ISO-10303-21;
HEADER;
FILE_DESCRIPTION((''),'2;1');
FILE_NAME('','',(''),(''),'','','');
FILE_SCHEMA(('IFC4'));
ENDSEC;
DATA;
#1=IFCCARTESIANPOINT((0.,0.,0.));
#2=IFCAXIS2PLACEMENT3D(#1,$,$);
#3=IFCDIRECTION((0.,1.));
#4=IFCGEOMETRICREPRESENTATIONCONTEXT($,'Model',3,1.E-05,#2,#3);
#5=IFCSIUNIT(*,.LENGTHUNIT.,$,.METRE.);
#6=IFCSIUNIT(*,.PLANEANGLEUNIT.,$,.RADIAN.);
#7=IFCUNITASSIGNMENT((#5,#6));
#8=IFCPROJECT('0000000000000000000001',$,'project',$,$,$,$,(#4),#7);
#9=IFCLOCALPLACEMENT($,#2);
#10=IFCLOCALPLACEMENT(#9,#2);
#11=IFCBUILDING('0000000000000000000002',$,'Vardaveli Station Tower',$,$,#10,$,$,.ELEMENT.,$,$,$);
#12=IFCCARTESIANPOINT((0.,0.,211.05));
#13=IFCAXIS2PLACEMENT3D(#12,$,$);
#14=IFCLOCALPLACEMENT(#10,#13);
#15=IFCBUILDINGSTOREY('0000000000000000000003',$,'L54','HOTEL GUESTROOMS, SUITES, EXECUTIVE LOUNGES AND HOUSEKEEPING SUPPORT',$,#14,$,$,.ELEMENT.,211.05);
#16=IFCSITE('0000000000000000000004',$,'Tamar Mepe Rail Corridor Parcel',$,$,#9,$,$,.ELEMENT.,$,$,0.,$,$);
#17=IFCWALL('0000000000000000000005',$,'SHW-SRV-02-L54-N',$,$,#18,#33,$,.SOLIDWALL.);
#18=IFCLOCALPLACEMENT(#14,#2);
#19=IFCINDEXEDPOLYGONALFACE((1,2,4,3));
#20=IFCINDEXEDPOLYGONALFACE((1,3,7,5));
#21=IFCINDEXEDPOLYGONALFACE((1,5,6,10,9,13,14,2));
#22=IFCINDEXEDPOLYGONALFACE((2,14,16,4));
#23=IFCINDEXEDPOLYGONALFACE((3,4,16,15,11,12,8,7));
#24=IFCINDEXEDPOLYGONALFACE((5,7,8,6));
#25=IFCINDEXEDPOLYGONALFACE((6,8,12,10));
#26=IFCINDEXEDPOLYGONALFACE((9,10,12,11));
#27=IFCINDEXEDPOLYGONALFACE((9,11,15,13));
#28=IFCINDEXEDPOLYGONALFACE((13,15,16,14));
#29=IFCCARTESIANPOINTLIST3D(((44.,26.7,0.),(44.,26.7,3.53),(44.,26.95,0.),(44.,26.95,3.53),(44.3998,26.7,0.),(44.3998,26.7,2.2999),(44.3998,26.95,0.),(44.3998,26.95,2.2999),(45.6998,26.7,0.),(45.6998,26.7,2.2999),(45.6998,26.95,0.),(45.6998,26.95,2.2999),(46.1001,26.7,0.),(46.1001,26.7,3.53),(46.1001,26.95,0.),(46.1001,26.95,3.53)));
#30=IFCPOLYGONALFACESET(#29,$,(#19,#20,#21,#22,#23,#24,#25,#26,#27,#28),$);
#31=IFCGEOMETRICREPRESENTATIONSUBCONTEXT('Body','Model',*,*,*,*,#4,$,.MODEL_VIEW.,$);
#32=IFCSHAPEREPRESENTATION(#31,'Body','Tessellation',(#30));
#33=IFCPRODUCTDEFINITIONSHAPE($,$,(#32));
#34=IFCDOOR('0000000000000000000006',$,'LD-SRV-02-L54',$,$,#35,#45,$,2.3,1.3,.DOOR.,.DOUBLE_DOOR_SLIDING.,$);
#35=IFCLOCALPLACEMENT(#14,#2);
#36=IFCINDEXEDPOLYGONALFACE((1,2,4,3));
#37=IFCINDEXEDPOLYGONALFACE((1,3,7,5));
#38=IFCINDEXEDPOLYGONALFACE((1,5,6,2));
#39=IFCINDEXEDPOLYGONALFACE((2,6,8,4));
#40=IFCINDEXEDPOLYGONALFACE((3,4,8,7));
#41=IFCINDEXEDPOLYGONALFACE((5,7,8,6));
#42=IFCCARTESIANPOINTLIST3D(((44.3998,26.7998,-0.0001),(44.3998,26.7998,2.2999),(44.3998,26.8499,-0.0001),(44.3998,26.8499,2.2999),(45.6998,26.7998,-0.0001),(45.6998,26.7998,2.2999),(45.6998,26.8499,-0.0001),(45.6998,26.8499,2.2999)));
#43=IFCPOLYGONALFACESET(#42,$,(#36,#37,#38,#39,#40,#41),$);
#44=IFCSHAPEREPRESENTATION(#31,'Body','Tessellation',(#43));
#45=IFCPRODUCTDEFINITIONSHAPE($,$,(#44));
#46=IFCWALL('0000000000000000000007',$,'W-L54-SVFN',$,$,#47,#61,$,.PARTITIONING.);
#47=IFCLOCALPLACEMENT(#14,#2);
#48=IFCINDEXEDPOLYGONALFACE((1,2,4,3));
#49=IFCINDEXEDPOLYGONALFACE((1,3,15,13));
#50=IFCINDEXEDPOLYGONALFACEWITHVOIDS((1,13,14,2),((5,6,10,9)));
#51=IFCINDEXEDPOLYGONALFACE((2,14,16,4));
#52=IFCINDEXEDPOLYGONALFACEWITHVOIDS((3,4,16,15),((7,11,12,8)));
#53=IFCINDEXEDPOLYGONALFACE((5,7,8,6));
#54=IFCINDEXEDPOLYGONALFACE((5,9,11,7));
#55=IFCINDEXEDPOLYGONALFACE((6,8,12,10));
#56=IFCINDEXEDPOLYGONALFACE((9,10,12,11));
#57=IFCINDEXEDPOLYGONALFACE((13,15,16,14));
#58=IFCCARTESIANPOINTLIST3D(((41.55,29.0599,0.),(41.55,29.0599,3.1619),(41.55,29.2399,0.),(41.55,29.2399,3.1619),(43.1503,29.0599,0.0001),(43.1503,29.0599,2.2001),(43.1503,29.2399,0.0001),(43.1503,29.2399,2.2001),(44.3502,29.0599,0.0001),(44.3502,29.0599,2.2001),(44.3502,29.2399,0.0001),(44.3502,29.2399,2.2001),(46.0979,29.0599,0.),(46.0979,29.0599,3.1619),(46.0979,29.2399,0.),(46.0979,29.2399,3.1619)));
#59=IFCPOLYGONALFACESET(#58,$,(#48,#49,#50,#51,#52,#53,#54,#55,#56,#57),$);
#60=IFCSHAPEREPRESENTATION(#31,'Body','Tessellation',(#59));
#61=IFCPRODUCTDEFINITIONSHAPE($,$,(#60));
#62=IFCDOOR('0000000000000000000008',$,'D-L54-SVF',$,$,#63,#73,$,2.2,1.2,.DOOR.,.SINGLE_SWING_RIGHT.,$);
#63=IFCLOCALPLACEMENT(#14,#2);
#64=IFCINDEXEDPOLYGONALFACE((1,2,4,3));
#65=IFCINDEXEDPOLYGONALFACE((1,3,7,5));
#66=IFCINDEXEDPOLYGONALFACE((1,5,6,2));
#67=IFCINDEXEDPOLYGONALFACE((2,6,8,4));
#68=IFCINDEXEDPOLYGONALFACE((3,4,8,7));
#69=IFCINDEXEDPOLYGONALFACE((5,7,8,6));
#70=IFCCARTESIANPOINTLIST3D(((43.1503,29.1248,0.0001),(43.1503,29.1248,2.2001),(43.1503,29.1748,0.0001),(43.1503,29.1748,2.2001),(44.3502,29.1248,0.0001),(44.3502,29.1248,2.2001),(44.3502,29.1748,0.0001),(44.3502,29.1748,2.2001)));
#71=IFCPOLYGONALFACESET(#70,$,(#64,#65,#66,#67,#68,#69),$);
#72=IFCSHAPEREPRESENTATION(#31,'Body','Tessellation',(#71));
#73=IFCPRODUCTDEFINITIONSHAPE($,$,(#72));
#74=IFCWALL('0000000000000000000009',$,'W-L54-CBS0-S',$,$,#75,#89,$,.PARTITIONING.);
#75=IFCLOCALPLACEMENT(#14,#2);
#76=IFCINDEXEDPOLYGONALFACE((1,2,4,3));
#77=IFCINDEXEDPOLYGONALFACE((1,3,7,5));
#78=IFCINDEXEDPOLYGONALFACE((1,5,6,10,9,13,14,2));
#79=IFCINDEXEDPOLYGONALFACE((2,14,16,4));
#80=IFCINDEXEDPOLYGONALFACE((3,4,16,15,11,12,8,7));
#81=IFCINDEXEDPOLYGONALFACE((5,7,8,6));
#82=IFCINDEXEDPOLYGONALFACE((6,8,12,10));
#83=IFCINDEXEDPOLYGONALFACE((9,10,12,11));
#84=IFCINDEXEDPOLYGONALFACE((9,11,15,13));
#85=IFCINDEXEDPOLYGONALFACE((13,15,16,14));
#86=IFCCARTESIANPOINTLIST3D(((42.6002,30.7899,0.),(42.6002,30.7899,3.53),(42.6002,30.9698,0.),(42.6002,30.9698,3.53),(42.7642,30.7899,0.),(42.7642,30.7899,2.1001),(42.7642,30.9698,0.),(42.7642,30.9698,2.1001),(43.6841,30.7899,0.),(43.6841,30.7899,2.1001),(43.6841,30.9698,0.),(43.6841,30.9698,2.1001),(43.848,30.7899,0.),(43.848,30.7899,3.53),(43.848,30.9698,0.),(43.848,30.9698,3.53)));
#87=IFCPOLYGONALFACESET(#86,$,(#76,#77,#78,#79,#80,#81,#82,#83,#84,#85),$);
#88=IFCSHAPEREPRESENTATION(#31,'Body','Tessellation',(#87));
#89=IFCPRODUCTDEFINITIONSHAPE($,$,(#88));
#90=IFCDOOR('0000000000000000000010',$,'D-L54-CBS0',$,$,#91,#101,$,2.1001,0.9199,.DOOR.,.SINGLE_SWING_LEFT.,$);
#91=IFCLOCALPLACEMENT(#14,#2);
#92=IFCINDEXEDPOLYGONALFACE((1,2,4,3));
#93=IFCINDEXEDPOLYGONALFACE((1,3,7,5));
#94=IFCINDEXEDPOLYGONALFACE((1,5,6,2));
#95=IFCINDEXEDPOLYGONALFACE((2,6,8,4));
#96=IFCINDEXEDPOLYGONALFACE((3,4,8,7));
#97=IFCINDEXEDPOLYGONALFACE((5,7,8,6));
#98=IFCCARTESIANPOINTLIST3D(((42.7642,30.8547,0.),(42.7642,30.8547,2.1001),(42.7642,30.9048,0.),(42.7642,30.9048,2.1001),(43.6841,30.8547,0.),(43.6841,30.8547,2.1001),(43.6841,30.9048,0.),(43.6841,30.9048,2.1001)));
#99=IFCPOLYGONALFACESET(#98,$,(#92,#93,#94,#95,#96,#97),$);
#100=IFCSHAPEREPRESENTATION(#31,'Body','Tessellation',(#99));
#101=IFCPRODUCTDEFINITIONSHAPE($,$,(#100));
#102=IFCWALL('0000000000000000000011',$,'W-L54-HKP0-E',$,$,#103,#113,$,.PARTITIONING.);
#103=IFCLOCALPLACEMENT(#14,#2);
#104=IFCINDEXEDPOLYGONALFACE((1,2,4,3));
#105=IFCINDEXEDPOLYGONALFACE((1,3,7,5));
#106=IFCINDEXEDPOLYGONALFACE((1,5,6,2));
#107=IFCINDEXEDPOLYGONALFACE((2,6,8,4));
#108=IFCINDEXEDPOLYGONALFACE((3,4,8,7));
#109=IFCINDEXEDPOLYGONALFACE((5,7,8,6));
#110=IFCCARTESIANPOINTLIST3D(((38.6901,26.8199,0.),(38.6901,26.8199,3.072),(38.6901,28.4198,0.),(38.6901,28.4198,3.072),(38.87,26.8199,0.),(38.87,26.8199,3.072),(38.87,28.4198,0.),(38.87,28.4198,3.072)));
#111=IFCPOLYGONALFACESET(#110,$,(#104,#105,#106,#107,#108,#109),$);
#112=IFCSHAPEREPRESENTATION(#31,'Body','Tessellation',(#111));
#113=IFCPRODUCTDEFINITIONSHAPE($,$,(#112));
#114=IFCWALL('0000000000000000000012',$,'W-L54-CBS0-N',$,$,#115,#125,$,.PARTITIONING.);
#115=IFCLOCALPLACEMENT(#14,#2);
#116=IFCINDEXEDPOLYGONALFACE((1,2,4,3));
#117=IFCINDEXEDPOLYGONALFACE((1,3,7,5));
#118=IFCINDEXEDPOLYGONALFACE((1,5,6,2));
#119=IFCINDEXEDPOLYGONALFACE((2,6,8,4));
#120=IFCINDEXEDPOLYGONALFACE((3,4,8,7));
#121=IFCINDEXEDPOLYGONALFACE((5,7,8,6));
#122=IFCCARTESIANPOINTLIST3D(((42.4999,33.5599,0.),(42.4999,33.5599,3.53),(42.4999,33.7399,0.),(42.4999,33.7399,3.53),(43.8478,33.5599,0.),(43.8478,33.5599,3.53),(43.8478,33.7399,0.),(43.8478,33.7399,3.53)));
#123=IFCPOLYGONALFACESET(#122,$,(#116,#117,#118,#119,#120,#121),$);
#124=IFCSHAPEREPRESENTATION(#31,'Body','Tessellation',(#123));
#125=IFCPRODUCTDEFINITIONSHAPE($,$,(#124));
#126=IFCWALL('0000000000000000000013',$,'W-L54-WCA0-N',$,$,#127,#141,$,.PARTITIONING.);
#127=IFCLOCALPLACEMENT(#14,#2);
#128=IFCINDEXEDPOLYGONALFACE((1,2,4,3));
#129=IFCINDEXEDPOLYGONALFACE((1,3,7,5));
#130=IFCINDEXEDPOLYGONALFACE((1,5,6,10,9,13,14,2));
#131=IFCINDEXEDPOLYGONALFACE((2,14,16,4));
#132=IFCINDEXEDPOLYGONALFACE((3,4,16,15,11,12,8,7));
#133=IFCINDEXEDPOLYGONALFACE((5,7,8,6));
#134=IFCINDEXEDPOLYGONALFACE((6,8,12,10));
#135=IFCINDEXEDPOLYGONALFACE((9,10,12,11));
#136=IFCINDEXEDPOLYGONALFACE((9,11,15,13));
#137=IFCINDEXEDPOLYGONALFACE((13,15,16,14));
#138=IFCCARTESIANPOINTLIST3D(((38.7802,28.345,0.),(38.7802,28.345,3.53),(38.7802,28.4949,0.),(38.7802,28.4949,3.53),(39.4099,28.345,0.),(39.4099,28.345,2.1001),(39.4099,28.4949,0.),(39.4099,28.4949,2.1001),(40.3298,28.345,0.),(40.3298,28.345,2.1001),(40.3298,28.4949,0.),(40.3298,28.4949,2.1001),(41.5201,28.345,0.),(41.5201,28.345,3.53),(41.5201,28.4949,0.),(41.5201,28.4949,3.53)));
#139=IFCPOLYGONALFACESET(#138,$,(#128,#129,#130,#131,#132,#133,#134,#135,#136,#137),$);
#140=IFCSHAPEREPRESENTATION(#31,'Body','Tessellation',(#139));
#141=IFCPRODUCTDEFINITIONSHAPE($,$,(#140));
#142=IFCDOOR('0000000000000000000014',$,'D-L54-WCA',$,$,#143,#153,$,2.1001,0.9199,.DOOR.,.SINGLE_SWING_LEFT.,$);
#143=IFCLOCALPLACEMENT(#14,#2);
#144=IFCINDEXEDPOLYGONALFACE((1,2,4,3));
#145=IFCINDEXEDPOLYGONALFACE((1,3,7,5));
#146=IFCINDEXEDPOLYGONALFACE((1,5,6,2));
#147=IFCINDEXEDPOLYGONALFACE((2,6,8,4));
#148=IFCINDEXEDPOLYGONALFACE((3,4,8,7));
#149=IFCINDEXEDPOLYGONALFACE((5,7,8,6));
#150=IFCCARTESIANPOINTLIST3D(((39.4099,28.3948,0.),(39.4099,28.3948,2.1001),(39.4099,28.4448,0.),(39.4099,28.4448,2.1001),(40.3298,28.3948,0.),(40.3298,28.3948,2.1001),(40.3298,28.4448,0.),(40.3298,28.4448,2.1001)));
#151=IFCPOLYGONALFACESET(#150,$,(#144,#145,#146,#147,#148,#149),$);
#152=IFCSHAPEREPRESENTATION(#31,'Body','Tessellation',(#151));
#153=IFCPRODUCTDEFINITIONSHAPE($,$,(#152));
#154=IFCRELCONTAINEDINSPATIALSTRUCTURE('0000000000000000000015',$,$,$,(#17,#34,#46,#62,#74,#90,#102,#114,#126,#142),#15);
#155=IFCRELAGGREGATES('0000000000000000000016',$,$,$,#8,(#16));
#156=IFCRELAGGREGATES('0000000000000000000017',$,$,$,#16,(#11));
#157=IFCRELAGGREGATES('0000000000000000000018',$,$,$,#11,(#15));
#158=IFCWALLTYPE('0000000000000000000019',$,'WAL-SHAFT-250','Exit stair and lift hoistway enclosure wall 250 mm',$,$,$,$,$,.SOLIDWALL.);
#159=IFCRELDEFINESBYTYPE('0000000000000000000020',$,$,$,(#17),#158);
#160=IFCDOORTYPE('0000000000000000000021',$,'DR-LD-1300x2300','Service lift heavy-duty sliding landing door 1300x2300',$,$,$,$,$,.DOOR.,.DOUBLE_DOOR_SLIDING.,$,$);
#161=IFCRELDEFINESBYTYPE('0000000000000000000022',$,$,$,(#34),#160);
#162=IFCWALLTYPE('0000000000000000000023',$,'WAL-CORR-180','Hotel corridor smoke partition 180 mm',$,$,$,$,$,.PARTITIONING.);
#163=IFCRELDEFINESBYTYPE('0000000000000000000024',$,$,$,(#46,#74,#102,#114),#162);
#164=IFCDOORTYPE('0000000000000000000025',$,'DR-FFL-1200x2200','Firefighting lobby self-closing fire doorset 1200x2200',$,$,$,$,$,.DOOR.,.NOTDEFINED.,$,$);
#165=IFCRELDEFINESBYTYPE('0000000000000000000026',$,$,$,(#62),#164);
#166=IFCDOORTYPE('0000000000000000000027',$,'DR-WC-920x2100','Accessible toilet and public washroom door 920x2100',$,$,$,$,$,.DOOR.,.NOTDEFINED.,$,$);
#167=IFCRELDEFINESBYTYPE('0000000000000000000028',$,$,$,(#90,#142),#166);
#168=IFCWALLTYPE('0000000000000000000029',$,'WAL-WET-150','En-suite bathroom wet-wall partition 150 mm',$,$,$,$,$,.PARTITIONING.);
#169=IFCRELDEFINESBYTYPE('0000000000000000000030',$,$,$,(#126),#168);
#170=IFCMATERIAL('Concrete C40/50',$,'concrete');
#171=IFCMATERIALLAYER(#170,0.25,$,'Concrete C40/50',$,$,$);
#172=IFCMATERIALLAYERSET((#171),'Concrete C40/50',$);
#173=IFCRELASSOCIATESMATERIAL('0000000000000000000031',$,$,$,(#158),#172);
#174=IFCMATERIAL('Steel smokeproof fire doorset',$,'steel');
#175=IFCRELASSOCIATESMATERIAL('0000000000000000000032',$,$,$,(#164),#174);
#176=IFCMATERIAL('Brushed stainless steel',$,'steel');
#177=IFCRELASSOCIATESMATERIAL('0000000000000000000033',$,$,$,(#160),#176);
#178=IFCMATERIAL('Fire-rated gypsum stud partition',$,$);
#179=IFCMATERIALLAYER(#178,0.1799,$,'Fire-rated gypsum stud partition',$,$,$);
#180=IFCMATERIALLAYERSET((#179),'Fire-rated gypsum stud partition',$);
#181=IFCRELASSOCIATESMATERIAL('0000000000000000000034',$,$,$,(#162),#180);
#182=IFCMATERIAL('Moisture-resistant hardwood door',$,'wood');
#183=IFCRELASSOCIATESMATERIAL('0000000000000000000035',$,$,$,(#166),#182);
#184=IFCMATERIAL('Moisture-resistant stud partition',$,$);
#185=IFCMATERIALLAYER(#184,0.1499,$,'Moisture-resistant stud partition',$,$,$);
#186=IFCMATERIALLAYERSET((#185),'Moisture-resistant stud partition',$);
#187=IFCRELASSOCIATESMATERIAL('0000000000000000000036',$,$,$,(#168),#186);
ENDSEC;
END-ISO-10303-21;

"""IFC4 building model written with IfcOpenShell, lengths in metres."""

from ifc_helpers import new_model, si_unit, direction, frame, frame_2d, origin, place, context, subcontext, project, spatial, rectangle, extrude, source, transform, mapped, material, layer, layer_set, type_object, element, fill, save


model = new_model("IFC4")

# Units and contexts
model_context = context("Model", 3, precision=1e-05, world=origin(), true_north=direction((0.0, 1.0)))
body_context = subcontext(model_context, "Body", "Model", "MODEL_VIEW")
ifc_project = project(units=[si_unit("LENGTHUNIT", "METRE"), si_unit("PLANEANGLEUNIT", "RADIAN")], contexts=[model_context])

# Site, building, storey
site_placement = place(None, origin())
site = spatial("IfcSite", under=ifc_project, at=site_placement, Name="Tamar Mepe Rail Corridor Parcel", CompositionType="ELEMENT", RefElevation=0.0)
building_placement = place(site_placement, origin())
building = spatial("IfcBuilding", under=site, at=building_placement, Name="Vardaveli Station Tower", CompositionType="ELEMENT")
storey_placement = place(building_placement, frame((0.0, 0.0, 211.05)))
storey = spatial("IfcBuildingStorey", under=building, at=storey_placement, Name="L54", Description="HOTEL GUESTROOMS, SUITES, EXECUTIVE LOUNGES AND HOUSEKEEPING SUPPORT", CompositionType="ELEMENT", Elevation=211.05)

# Shared definitions
ifc_material_1 = material(Name="Concrete C40/50", Category="concrete")
ifc_layer_1 = layer(ifc_material_1, 0.25, Name="Concrete C40/50")
ifc_layer_set_1 = layer_set([ifc_layer_1], Name="Concrete C40/50")
wall_type_1 = type_object("IfcWallType", Name="WAL-SHAFT-250", Description="Exit stair and lift hoistway enclosure wall 250 mm", PredefinedType="SOLIDWALL", material=ifc_layer_set_1)

# Walls, openings, doors
ifc_material_2 = material(Name="Steel smokeproof fire doorset", Category="steel")
door_type_1 = type_object("IfcDoorType", Name="DR-FFL-1200x2200", Description="Firefighting lobby self-closing fire doorset 1200x2200", OperationType="NOTDEFINED", PredefinedType="DOOR", material=ifc_material_2)
shared_shape_1 = source(origin(), body_context, "Body", "SweptSolid", [
    extrude(rectangle(XDim=1.2, YDim=2.2, at=frame_2d((0.6001, 1.1001))), frame((0.0, 0.0249, 0.0), z_axis=(0.0, -1.0, 0.0), x_axis=(1.0, 0.0, 0.0)), (0.0, 0.0, 1.0), 0.05),
])
shared_shape_2 = source(origin(), body_context, "Body", "SweptSolid", [
    extrude(rectangle(XDim=1.3, YDim=2.3, at=frame_2d((0.6499, 1.1499))), frame((0.0, 0.135, 0.0), z_axis=(0.0, -1.0, 0.0), x_axis=(1.0, 0.0, 0.0)), (0.0, 0.0, 1.0), 0.27),
])
ifc_material_3 = material(Name="Brushed stainless steel", Category="steel")
door_type_2 = type_object("IfcDoorType", Name="DR-LD-1300x2300", Description="Service lift heavy-duty sliding landing door 1300x2300", OperationType="DOUBLE_DOOR_SLIDING", PredefinedType="DOOR", material=ifc_material_3)
shared_shape_3 = source(origin(), body_context, "Body", "SweptSolid", [
    extrude(rectangle(XDim=1.3, YDim=2.3, at=frame_2d((0.6499, 1.1499))), frame((0.0, 0.0249, 0.0), z_axis=(0.0, -1.0, 0.0), x_axis=(1.0, 0.0, 0.0)), (0.0, 0.0, 1.0), 0.05),
])
shared_shape_4 = source(origin(), body_context, "Body", "SweptSolid", [
    extrude(rectangle(XDim=2.1001, YDim=0.25, at=frame_2d((1.05, 0.0))), origin(), (0.0, 0.0, 1.0), 3.53),
])
wall_1_placement = place(storey_placement, frame((44.0, 26.825, 0.0), z_axis=(0.0, 0.0, 1.0), x_axis=(1.0, 0.0, 0.0)))
wall_1 = element("IfcWall", 1, at=wall_1_placement, inside=storey, type_object=wall_type_1, Name="SHW-SRV-02-L54-N", PredefinedType="SOLIDWALL", context=body_context, shape_type="MappedRepresentation", body=[
    mapped(shared_shape_4, transform((0.0, 0.0, 0.0), scale=1.0)),
])
opening_1_placement = place(wall_1_placement, frame((0.3999, 0.0, 0.0)))
opening_1 = element("IfcOpeningElement", 2, at=opening_1_placement, cuts=wall_1, PredefinedType="OPENING", context=body_context, shape_type="MappedRepresentation", body=[
    mapped(shared_shape_2, transform((0.0, 0.0, 0.0), scale=1.0)),
])
door_1_placement = place(opening_1_placement, origin())
door_1 = element("IfcDoor", 3, at=door_1_placement, inside=storey, type_object=door_type_2, Name="LD-SRV-02-L54", OperationType="DOUBLE_DOOR_SLIDING", OverallHeight=2.3, OverallWidth=1.3, PredefinedType="DOOR", context=body_context, shape_type="MappedRepresentation", body=[
    mapped(shared_shape_3, transform((0.0, 0.0, 0.0), scale=1.0)),
])
fill(opening_1, door_1)
ifc_material_4 = material(Name="Fire-rated gypsum stud partition")
ifc_layer_2 = layer(ifc_material_4, 0.1799, Name="Fire-rated gypsum stud partition")
ifc_layer_set_2 = layer_set([ifc_layer_2], Name="Fire-rated gypsum stud partition")
wall_type_2 = type_object("IfcWallType", Name="WAL-CORR-180", Description="Hotel corridor smoke partition 180 mm", PredefinedType="PARTITIONING", material=ifc_layer_set_2)
shared_shape_5 = source(origin(), body_context, "Body", "SweptSolid", [
    extrude(rectangle(XDim=4.5479, YDim=0.1799, at=frame_2d((2.2739, 0.0))), origin(), (0.0, 0.0, 1.0), 3.1619),
])
wall_2_placement = place(storey_placement, frame((41.55, 29.1499, 0.0), z_axis=(0.0, 0.0, 1.0), x_axis=(1.0, 0.0, 0.0)))
wall_2 = element("IfcWall", 4, at=wall_2_placement, inside=storey, type_object=wall_type_2, Name="W-L54-SVFN", PredefinedType="PARTITIONING", context=body_context, shape_type="MappedRepresentation", body=[
    mapped(shared_shape_5, transform((0.0, 0.0, 0.0), scale=1.0)),
])
shared_shape_6 = source(origin(), body_context, "Body", "SweptSolid", [
    extrude(rectangle(XDim=1.2, YDim=2.2, at=frame_2d((0.6001, 1.1001))), frame((0.0, 0.1001, 0.0), z_axis=(0.0, -1.0, 0.0), x_axis=(1.0, 0.0, 0.0)), (0.0, 0.0, 1.0), 0.2),
])
opening_2_placement = place(wall_2_placement, frame((1.6001, 0.0, 0.0)))
opening_2 = element("IfcOpeningElement", 5, at=opening_2_placement, cuts=wall_2, PredefinedType="OPENING", context=body_context, shape_type="MappedRepresentation", body=[
    mapped(shared_shape_6, transform((0.0, 0.0, 0.0), scale=1.0)),
])
door_2_placement = place(opening_2_placement, origin())
door_2 = element("IfcDoor", 6, at=door_2_placement, inside=storey, type_object=door_type_1, Name="D-L54-SVF", OperationType="SINGLE_SWING_RIGHT", OverallHeight=2.2, OverallWidth=1.2, PredefinedType="DOOR", context=body_context, shape_type="MappedRepresentation", body=[
    mapped(shared_shape_1, transform((0.0, 0.0, 0.0), scale=1.0)),
])
fill(opening_2, door_2)
shared_shape_7 = source(origin(), body_context, "Body", "SweptSolid", [
    extrude(rectangle(XDim=1.2478, YDim=0.1799, at=frame_2d((0.624, 0.0))), origin(), (0.0, 0.0, 1.0), 3.53),
])
wall_3_placement = place(storey_placement, frame((42.6001, 30.8799, 0.0), z_axis=(0.0, 0.0, 1.0), x_axis=(1.0, 0.0, 0.0)))
wall_3 = element("IfcWall", 7, at=wall_3_placement, inside=storey, type_object=wall_type_2, Name="W-L54-CBS0-S", PredefinedType="PARTITIONING", context=body_context, shape_type="MappedRepresentation", body=[
    mapped(shared_shape_7, transform((0.0, 0.0, 0.0), scale=1.0)),
])
shared_shape_8 = source(origin(), body_context, "Body", "SweptSolid", [
    extrude(rectangle(XDim=0.9199, YDim=2.1001, at=frame_2d((0.46, 1.05))), frame((0.0, 0.1001, 0.0), z_axis=(0.0, -1.0, 0.0), x_axis=(1.0, 0.0, 0.0)), (0.0, 0.0, 1.0), 0.2),
])
opening_3_placement = place(wall_3_placement, frame((0.1641, 0.0, 0.0)))
opening_3 = element("IfcOpeningElement", 8, at=opening_3_placement, cuts=wall_3, PredefinedType="OPENING", context=body_context, shape_type="MappedRepresentation", body=[
    mapped(shared_shape_8, transform((0.0, 0.0, 0.0), scale=1.0)),
])
ifc_material_5 = material(Name="Moisture-resistant hardwood door", Category="wood")
door_type_3 = type_object("IfcDoorType", Name="DR-WC-920x2100", Description="Accessible toilet and public washroom door 920x2100", OperationType="NOTDEFINED", PredefinedType="DOOR", material=ifc_material_5)
shared_shape_9 = source(origin(), body_context, "Body", "SweptSolid", [
    extrude(rectangle(XDim=0.9199, YDim=2.1001, at=frame_2d((0.46, 1.05))), frame((0.0, 0.0249, 0.0), z_axis=(0.0, -1.0, 0.0), x_axis=(1.0, 0.0, 0.0)), (0.0, 0.0, 1.0), 0.05),
])
door_3_placement = place(opening_3_placement, origin())
door_3 = element("IfcDoor", 9, at=door_3_placement, inside=storey, type_object=door_type_3, Name="D-L54-CBS0", OperationType="SINGLE_SWING_LEFT", OverallHeight=2.1001, OverallWidth=0.9199, PredefinedType="DOOR", context=body_context, shape_type="MappedRepresentation", body=[
    mapped(shared_shape_9, transform((0.0, 0.0, 0.0), scale=1.0)),
])
fill(opening_3, door_3)

# Walls
shared_shape_10 = source(origin(), body_context, "Body", "SweptSolid", [
    extrude(rectangle(XDim=1.5999, YDim=0.1799, at=frame_2d((0.7998, 0.0))), origin(), (0.0, 0.0, 1.0), 3.072),
])
wall_4_placement = place(storey_placement, frame((38.78, 26.8201, 0.0), z_axis=(0.0, 0.0, 1.0), x_axis=(0.0, 1.0, 0.0)))
element("IfcWall", 10, at=wall_4_placement, inside=storey, type_object=wall_type_2, Name="W-L54-HKP0-E", PredefinedType="PARTITIONING", context=body_context, shape_type="MappedRepresentation", body=[
    mapped(shared_shape_10, transform((0.0, 0.0, 0.0), scale=1.0)),
])
shared_shape_11 = source(origin(), body_context, "Body", "SweptSolid", [
    extrude(rectangle(XDim=1.3479, YDim=0.1799, at=frame_2d((0.6738, 0.0))), origin(), (0.0, 0.0, 1.0), 3.53),
])
wall_5_placement = place(storey_placement, frame((42.5, 33.6499, 0.0), z_axis=(0.0, 0.0, 1.0), x_axis=(1.0, 0.0, 0.0)))
element("IfcWall", 11, at=wall_5_placement, inside=storey, type_object=wall_type_2, Name="W-L54-CBS0-N", PredefinedType="PARTITIONING", context=body_context, shape_type="MappedRepresentation", body=[
    mapped(shared_shape_11, transform((0.0, 0.0, 0.0), scale=1.0)),
])

# Wall, opening, door
ifc_material_6 = material(Name="Moisture-resistant stud partition")
ifc_layer_3 = layer(ifc_material_6, 0.1499, Name="Moisture-resistant stud partition")
ifc_layer_set_3 = layer_set([ifc_layer_3], Name="Moisture-resistant stud partition")
wall_type_3 = type_object("IfcWallType", Name="WAL-WET-150", Description="En-suite bathroom wet-wall partition 150 mm", PredefinedType="PARTITIONING", material=ifc_layer_set_3)
shared_shape_12 = source(origin(), body_context, "Body", "SweptSolid", [
    extrude(rectangle(XDim=2.74, YDim=0.1499, at=frame_2d((1.3701, 0.0))), origin(), (0.0, 0.0, 1.0), 3.53),
])
wall_6_placement = place(storey_placement, frame((38.78, 28.4199, 0.0), z_axis=(0.0, 0.0, 1.0), x_axis=(1.0, 0.0, 0.0)))
wall_6 = element("IfcWall", 12, at=wall_6_placement, inside=storey, type_object=wall_type_3, Name="W-L54-WCA0-N", PredefinedType="PARTITIONING", context=body_context, shape_type="MappedRepresentation", body=[
    mapped(shared_shape_12, transform((0.0, 0.0, 0.0), scale=1.0)),
])
shared_shape_13 = source(origin(), body_context, "Body", "SweptSolid", [
    extrude(rectangle(XDim=0.9199, YDim=2.1001, at=frame_2d((0.46, 1.05))), frame((0.0, 0.085, 0.0), z_axis=(0.0, -1.0, 0.0), x_axis=(1.0, 0.0, 0.0)), (0.0, 0.0, 1.0), 0.1699),
])
opening_4_placement = place(wall_6_placement, frame((0.6299, 0.0, 0.0)))
opening_4 = element("IfcOpeningElement", 13, at=opening_4_placement, cuts=wall_6, PredefinedType="OPENING", context=body_context, shape_type="MappedRepresentation", body=[
    mapped(shared_shape_13, transform((0.0, 0.0, 0.0), scale=1.0)),
])
door_4_placement = place(opening_4_placement, origin())
door_4 = element("IfcDoor", 14, at=door_4_placement, inside=storey, type_object=door_type_3, Name="D-L54-WCA", OperationType="SINGLE_SWING_LEFT", OverallHeight=2.1001, OverallWidth=0.9199, PredefinedType="DOOR", context=body_context, shape_type="MappedRepresentation", body=[
    mapped(shared_shape_9, transform((0.0, 0.0, 0.0), scale=1.0)),
])
fill(opening_4, door_4)

save(model, "model.ifc")
